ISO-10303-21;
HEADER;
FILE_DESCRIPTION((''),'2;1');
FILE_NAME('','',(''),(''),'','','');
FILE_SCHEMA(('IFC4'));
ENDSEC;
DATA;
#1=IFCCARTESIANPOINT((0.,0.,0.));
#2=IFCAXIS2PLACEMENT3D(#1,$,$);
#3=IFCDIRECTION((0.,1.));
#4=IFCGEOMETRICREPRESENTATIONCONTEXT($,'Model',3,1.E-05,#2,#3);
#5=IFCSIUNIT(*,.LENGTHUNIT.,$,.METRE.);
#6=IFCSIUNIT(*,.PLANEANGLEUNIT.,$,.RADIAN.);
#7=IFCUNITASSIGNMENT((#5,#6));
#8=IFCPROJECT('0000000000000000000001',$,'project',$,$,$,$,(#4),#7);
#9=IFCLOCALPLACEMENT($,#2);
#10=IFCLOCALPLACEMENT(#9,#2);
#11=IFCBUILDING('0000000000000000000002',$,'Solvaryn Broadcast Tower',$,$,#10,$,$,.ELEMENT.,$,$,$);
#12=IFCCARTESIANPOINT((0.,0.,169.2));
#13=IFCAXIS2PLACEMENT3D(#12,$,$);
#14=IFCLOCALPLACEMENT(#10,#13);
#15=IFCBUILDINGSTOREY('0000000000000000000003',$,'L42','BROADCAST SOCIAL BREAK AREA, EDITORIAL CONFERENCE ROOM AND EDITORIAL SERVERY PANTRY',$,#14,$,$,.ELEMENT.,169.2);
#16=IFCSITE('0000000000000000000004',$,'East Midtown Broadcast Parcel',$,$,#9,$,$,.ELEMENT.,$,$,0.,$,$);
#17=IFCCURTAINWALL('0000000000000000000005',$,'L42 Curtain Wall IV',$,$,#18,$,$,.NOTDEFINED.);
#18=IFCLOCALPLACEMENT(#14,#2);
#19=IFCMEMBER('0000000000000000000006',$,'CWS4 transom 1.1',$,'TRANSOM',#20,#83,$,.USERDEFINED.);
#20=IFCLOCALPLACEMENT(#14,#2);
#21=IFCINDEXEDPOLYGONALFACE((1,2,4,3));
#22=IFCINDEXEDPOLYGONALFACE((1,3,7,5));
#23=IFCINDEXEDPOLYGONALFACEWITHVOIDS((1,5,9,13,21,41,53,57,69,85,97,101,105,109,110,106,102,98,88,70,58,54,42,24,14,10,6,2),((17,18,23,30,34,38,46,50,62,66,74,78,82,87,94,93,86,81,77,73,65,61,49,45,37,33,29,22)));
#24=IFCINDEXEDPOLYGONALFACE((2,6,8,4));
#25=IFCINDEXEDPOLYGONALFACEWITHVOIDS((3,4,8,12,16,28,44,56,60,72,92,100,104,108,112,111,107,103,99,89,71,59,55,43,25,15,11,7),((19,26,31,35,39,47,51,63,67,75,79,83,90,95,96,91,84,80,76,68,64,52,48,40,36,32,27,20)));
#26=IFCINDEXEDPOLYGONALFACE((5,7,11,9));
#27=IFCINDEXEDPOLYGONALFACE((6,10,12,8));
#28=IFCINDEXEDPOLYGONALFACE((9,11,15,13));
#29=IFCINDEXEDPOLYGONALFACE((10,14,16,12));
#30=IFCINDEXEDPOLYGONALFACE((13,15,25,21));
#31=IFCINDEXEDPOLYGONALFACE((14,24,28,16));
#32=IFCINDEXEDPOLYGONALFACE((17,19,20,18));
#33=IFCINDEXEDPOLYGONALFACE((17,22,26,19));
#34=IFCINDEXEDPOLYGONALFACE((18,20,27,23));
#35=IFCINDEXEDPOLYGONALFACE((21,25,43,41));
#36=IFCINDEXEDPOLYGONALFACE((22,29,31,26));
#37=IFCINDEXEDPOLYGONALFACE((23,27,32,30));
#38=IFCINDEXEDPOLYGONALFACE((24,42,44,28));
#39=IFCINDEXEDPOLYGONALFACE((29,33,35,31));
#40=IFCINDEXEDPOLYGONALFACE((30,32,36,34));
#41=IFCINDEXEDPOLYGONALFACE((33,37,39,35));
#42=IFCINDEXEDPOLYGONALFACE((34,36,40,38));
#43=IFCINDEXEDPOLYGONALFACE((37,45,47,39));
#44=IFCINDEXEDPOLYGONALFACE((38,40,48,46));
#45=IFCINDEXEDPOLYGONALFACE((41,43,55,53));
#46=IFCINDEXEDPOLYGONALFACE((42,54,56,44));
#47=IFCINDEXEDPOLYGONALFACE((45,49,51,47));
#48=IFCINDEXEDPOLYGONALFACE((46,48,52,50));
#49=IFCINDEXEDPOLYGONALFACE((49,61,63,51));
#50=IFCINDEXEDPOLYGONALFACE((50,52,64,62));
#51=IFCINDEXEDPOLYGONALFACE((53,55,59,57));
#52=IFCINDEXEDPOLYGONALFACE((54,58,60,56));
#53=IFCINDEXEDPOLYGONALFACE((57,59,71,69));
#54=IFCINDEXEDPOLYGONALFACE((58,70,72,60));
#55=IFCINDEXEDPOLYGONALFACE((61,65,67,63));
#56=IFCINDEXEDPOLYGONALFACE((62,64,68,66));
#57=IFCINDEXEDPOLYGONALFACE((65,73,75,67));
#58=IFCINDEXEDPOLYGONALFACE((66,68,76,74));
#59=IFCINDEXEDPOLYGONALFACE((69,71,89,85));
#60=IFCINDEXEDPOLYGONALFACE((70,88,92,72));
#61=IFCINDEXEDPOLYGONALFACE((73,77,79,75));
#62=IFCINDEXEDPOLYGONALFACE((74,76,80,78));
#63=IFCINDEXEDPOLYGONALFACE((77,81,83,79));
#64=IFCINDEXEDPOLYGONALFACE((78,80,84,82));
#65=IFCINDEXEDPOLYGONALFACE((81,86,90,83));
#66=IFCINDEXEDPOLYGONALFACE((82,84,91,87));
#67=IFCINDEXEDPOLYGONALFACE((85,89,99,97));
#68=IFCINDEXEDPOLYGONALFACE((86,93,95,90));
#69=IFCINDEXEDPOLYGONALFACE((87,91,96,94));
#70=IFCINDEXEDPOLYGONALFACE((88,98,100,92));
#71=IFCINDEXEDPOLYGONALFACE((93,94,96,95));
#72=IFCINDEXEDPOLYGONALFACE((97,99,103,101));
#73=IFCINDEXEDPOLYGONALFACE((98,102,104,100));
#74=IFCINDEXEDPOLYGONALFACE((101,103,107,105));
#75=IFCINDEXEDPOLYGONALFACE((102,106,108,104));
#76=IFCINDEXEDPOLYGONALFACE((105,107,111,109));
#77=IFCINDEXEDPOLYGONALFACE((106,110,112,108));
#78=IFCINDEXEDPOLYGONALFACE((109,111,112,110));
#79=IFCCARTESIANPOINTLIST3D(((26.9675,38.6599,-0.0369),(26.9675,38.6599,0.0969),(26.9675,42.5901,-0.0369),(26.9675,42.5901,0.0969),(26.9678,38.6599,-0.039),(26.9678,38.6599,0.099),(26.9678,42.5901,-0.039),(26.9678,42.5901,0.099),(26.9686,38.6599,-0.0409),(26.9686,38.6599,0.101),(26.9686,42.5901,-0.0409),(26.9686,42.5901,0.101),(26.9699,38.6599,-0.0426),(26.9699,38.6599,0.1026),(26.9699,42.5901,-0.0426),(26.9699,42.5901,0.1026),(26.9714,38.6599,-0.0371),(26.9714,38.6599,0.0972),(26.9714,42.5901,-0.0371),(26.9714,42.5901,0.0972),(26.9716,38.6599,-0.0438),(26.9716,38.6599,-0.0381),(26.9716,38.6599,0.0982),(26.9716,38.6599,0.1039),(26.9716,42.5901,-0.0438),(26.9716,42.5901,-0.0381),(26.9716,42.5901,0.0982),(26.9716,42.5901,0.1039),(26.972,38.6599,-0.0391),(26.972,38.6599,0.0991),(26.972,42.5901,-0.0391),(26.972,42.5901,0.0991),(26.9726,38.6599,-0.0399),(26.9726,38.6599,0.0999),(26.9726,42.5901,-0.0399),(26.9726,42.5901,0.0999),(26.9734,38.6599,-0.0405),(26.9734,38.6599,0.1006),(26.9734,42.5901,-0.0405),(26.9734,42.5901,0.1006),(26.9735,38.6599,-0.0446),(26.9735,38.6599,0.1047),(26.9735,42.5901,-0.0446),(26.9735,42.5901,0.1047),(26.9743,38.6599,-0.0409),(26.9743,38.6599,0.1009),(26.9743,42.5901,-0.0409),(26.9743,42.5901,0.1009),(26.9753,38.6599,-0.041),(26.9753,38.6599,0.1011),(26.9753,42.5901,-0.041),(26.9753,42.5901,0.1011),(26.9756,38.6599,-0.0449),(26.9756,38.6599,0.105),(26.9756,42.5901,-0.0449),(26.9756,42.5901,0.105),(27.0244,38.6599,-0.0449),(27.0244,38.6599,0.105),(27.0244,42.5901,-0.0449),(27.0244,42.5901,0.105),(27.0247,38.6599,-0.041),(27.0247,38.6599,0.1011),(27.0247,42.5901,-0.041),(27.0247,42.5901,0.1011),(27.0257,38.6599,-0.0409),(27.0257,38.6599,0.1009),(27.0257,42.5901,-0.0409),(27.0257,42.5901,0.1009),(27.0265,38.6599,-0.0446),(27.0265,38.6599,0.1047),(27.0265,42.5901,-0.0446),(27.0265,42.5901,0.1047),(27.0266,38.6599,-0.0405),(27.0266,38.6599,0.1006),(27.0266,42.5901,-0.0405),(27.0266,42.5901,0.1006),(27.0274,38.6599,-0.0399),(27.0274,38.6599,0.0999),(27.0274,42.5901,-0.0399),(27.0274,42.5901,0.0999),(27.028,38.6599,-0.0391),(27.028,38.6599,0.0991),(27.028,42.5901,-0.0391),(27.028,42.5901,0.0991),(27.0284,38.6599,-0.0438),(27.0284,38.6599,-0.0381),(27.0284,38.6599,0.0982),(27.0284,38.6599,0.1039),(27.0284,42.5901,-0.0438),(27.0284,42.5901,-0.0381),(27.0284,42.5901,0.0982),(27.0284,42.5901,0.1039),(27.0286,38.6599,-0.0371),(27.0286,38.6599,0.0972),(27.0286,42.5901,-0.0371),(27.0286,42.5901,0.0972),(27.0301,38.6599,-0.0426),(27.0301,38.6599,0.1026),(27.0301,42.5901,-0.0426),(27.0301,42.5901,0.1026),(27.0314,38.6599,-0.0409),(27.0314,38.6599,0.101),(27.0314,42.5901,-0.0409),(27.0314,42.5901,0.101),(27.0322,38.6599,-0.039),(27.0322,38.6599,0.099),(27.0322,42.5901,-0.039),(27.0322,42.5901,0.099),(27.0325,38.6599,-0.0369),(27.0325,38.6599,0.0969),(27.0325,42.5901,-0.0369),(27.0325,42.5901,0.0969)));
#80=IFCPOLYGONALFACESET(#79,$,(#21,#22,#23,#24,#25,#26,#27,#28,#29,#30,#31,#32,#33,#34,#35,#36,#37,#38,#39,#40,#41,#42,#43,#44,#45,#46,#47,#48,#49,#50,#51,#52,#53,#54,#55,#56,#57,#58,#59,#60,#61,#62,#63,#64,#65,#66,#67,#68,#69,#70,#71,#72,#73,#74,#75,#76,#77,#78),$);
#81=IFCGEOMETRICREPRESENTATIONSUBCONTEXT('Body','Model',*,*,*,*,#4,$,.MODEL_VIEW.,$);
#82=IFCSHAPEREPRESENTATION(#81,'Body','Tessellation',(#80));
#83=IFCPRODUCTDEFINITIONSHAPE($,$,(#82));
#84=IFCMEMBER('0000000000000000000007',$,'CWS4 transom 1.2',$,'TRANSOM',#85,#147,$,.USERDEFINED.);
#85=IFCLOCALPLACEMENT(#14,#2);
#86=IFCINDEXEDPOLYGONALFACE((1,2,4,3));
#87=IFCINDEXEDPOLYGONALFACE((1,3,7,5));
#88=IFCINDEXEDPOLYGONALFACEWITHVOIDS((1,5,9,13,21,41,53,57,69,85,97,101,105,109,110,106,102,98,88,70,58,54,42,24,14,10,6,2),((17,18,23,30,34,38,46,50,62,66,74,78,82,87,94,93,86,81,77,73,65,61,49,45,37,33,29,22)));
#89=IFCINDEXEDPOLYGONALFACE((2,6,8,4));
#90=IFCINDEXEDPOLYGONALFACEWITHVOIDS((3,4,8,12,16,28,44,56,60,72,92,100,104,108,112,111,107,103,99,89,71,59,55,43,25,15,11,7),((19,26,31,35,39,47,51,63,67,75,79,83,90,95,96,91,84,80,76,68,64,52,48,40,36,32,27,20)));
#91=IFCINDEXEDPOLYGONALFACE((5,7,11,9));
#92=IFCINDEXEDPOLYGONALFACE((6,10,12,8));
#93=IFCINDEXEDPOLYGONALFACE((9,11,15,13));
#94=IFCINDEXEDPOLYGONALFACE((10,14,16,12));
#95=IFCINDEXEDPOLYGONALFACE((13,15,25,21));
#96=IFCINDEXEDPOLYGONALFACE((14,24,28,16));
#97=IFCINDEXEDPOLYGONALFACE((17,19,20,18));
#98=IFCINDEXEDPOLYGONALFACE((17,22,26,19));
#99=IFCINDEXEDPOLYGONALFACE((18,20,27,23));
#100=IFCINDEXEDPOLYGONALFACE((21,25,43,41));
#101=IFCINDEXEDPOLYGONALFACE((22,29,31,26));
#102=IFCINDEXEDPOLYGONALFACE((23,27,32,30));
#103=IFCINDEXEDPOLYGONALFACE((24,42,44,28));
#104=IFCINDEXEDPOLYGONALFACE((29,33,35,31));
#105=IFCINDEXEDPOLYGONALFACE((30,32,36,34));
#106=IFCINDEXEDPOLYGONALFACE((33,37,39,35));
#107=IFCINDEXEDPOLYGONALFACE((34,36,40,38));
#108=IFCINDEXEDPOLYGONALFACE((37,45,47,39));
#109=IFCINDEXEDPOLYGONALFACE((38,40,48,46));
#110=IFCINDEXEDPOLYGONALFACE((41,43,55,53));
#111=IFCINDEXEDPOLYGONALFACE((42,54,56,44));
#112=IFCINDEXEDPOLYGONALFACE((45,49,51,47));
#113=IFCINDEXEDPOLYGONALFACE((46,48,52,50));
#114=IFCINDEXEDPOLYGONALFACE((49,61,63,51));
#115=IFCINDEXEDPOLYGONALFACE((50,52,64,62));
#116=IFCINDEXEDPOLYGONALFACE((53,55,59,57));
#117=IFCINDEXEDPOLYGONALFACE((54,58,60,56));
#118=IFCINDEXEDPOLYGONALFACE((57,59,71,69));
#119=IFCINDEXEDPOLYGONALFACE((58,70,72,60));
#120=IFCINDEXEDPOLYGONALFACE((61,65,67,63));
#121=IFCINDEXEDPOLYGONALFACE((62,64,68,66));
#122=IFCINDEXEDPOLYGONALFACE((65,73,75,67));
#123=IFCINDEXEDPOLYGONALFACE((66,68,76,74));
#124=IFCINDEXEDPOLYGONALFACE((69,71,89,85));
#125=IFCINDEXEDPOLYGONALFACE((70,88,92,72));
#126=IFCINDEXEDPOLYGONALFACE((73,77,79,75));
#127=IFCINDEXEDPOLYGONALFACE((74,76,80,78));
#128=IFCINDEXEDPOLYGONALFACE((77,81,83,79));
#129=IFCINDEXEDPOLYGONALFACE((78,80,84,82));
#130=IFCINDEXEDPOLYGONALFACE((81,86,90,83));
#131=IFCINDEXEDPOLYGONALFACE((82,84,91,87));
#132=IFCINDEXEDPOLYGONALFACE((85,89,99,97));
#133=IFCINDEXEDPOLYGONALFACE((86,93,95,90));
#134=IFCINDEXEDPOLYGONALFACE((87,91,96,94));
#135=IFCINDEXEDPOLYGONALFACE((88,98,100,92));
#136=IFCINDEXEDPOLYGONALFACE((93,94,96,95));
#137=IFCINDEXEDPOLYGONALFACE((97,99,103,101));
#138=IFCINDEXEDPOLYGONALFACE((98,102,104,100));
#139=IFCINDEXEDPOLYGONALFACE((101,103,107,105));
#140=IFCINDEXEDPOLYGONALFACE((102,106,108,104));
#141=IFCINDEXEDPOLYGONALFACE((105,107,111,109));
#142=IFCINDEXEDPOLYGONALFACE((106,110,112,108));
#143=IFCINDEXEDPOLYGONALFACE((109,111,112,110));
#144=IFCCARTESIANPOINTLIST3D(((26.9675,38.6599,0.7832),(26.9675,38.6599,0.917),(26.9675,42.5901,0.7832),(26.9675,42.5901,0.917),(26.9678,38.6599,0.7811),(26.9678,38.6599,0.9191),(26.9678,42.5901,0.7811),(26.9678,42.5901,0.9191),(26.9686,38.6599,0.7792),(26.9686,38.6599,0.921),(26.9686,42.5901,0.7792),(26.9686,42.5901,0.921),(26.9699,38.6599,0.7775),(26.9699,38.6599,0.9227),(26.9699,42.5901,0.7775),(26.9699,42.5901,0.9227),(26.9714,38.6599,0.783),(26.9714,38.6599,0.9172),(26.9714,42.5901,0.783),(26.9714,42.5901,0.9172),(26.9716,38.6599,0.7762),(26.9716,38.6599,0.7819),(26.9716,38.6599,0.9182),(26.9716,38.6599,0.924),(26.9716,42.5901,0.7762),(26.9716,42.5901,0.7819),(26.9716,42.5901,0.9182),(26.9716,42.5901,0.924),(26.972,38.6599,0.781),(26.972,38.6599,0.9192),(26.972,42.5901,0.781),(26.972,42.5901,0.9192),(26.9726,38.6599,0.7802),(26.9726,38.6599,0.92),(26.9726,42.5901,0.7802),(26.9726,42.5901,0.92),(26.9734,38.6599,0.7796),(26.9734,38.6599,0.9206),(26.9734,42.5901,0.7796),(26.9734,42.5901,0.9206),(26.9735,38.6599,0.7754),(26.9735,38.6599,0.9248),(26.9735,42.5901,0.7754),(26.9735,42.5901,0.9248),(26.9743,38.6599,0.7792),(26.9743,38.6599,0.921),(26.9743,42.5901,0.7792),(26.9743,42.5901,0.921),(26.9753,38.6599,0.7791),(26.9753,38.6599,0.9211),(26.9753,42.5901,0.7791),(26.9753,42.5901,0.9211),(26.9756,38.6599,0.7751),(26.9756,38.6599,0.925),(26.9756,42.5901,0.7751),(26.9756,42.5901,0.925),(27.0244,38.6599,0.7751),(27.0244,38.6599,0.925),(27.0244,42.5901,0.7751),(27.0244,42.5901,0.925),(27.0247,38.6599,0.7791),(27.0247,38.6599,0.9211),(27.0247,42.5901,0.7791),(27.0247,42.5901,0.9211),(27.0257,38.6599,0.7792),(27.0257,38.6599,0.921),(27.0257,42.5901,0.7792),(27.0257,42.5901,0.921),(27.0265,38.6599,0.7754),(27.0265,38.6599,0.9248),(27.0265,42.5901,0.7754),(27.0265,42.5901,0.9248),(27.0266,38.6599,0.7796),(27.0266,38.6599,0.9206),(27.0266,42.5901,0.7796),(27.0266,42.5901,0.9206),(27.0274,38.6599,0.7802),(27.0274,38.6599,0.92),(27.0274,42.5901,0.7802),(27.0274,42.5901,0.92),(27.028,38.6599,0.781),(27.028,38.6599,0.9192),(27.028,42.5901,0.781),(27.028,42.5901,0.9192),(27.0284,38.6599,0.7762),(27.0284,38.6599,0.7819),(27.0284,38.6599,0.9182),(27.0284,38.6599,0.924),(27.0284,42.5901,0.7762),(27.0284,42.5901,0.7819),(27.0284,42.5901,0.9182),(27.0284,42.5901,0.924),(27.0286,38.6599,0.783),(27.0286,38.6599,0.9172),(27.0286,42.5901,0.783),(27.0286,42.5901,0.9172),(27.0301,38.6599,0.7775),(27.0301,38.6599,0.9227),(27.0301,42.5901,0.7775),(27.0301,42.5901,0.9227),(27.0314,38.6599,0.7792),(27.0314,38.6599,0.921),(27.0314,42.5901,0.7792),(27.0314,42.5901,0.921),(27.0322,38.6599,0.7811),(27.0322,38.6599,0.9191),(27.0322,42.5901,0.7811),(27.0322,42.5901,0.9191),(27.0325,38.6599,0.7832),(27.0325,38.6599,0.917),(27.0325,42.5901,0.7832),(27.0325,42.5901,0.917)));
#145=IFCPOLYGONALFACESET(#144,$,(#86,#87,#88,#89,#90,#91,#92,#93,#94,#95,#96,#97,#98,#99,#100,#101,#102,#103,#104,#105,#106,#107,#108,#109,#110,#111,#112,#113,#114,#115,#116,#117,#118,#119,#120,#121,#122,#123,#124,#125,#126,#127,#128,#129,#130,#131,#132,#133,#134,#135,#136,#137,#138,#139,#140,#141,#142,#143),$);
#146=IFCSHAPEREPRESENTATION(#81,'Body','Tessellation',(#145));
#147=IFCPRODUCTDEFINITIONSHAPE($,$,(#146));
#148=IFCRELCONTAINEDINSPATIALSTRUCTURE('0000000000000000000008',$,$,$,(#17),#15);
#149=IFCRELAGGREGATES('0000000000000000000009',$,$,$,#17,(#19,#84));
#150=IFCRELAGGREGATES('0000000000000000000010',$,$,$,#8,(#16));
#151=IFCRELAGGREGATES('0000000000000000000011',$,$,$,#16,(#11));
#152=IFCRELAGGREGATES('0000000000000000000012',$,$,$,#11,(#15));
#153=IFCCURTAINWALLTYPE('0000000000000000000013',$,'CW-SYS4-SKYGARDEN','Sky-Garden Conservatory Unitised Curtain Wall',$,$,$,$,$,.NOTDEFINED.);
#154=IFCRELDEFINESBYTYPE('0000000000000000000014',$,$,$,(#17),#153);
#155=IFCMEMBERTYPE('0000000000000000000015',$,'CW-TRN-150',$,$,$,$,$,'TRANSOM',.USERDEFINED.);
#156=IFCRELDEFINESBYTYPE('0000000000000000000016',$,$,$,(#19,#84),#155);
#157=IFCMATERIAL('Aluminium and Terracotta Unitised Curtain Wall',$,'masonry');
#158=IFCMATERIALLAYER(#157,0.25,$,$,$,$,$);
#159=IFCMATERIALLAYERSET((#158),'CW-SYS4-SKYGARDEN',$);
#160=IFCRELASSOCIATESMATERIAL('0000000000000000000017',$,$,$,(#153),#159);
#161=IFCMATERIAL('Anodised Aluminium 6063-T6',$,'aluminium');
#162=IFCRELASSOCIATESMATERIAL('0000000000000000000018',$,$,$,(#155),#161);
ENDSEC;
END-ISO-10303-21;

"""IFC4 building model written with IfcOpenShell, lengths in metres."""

from ifc_helpers import new_model, si_unit, direction, frame, origin, origin_2d, place, context, subcontext, project, spatial, hollow_rectangle, extrude, material, layer, layer_set, material_profile, profile_set, type_object, element, aggregate, save


model = new_model("IFC4")

# Units and contexts
model_context = context("Model", 3, precision=1e-05, world=origin(), true_north=direction((0.0, 1.0)))
body_context = subcontext(model_context, "Body", "Model", "MODEL_VIEW")
ifc_project = project(units=[si_unit("LENGTHUNIT", "METRE"), si_unit("PLANEANGLEUNIT", "RADIAN")], contexts=[model_context])

# Site, building, storey
site_placement = place(None, origin())
site = spatial("IfcSite", under=ifc_project, at=site_placement, Name="East Midtown Broadcast Parcel", CompositionType="ELEMENT", RefElevation=0.0)
building_placement = place(site_placement, origin())
building = spatial("IfcBuilding", under=site, at=building_placement, Name="Solvaryn Broadcast Tower", CompositionType="ELEMENT")
storey_placement = place(building_placement, frame((0.0, 0.0, 169.2)))
storey = spatial("IfcBuildingStorey", under=building, at=storey_placement, Name="L42", Description="BROADCAST SOCIAL BREAK AREA, EDITORIAL CONFERENCE ROOM AND EDITORIAL SERVERY PANTRY", CompositionType="ELEMENT", Elevation=169.2)

# Curtain wall, members
ifc_material_1 = material(Name="Aluminium and Terracotta Unitised Curtain Wall", Category="masonry")
ifc_layer_1 = layer(ifc_material_1, 0.25)
ifc_layer_set_1 = layer_set([ifc_layer_1], Name="CW-SYS4-SKYGARDEN")
curtain_wall_type = type_object("IfcCurtainWallType", Name="CW-SYS4-SKYGARDEN", Description="Sky-Garden Conservatory Unitised Curtain Wall", PredefinedType="NOTDEFINED", material=ifc_layer_set_1)
curtain_wall_placement = place(storey_placement, origin())
curtain_wall = element("IfcCurtainWall", 1, at=curtain_wall_placement, inside=storey, type_object=curtain_wall_type, Name="L42 Curtain Wall IV", PredefinedType="NOTDEFINED")
ifc_material_2 = material(Name="Anodised Aluminium 6063-T6", Category="aluminium")
ifc_material_profile_1 = material_profile(ifc_material_2, hollow_rectangle(XDim=0.0649, YDim=0.1499, WallThickness=0.0039, InnerFilletRadius=0.0039, OuterFilletRadius=0.0081, at=origin_2d()))
ifc_profile_set_1 = profile_set([ifc_material_profile_1], Name="Anodised Aluminium 6063-T6")
member_type_1 = type_object("IfcMemberType", Name="CW-TRN-150", ElementType="TRANSOM", PredefinedType="USERDEFINED", material=ifc_profile_set_1)
member_1_placement = place(storey_placement, frame((27.0, 42.5901, 0.03), z_axis=(0.0, -1.0, 0.0), x_axis=(1.0, 0.0, 0.0)))
member_1 = element("IfcMember", 2, at=member_1_placement, type_object=member_type_1, Name="CWS4 transom 1.1", ObjectType="TRANSOM", PredefinedType="USERDEFINED", context=body_context, shape_type="SweptSolid", body=[
    extrude(hollow_rectangle(XDim=0.0649, YDim=0.1499, WallThickness=0.0039, InnerFilletRadius=0.0039, OuterFilletRadius=0.0081, at=origin_2d()), origin(), (0.0, 0.0, 1.0), 3.9302),
])
member_2_placement = place(storey_placement, frame((27.0, 42.5901, 0.8501), z_axis=(0.0, -1.0, 0.0), x_axis=(1.0, 0.0, 0.0)))
member_2 = element("IfcMember", 3, at=member_2_placement, type_object=member_type_1, Name="CWS4 transom 1.2", ObjectType="TRANSOM", PredefinedType="USERDEFINED", context=body_context, shape_type="SweptSolid", body=[
    extrude(hollow_rectangle(XDim=0.0649, YDim=0.1499, WallThickness=0.0039, InnerFilletRadius=0.0039, OuterFilletRadius=0.0081, at=origin_2d()), origin(), (0.0, 0.0, 1.0), 3.9302),
])
aggregate(curtain_wall, [member_1, member_2])

save(model, "model.ifc")
